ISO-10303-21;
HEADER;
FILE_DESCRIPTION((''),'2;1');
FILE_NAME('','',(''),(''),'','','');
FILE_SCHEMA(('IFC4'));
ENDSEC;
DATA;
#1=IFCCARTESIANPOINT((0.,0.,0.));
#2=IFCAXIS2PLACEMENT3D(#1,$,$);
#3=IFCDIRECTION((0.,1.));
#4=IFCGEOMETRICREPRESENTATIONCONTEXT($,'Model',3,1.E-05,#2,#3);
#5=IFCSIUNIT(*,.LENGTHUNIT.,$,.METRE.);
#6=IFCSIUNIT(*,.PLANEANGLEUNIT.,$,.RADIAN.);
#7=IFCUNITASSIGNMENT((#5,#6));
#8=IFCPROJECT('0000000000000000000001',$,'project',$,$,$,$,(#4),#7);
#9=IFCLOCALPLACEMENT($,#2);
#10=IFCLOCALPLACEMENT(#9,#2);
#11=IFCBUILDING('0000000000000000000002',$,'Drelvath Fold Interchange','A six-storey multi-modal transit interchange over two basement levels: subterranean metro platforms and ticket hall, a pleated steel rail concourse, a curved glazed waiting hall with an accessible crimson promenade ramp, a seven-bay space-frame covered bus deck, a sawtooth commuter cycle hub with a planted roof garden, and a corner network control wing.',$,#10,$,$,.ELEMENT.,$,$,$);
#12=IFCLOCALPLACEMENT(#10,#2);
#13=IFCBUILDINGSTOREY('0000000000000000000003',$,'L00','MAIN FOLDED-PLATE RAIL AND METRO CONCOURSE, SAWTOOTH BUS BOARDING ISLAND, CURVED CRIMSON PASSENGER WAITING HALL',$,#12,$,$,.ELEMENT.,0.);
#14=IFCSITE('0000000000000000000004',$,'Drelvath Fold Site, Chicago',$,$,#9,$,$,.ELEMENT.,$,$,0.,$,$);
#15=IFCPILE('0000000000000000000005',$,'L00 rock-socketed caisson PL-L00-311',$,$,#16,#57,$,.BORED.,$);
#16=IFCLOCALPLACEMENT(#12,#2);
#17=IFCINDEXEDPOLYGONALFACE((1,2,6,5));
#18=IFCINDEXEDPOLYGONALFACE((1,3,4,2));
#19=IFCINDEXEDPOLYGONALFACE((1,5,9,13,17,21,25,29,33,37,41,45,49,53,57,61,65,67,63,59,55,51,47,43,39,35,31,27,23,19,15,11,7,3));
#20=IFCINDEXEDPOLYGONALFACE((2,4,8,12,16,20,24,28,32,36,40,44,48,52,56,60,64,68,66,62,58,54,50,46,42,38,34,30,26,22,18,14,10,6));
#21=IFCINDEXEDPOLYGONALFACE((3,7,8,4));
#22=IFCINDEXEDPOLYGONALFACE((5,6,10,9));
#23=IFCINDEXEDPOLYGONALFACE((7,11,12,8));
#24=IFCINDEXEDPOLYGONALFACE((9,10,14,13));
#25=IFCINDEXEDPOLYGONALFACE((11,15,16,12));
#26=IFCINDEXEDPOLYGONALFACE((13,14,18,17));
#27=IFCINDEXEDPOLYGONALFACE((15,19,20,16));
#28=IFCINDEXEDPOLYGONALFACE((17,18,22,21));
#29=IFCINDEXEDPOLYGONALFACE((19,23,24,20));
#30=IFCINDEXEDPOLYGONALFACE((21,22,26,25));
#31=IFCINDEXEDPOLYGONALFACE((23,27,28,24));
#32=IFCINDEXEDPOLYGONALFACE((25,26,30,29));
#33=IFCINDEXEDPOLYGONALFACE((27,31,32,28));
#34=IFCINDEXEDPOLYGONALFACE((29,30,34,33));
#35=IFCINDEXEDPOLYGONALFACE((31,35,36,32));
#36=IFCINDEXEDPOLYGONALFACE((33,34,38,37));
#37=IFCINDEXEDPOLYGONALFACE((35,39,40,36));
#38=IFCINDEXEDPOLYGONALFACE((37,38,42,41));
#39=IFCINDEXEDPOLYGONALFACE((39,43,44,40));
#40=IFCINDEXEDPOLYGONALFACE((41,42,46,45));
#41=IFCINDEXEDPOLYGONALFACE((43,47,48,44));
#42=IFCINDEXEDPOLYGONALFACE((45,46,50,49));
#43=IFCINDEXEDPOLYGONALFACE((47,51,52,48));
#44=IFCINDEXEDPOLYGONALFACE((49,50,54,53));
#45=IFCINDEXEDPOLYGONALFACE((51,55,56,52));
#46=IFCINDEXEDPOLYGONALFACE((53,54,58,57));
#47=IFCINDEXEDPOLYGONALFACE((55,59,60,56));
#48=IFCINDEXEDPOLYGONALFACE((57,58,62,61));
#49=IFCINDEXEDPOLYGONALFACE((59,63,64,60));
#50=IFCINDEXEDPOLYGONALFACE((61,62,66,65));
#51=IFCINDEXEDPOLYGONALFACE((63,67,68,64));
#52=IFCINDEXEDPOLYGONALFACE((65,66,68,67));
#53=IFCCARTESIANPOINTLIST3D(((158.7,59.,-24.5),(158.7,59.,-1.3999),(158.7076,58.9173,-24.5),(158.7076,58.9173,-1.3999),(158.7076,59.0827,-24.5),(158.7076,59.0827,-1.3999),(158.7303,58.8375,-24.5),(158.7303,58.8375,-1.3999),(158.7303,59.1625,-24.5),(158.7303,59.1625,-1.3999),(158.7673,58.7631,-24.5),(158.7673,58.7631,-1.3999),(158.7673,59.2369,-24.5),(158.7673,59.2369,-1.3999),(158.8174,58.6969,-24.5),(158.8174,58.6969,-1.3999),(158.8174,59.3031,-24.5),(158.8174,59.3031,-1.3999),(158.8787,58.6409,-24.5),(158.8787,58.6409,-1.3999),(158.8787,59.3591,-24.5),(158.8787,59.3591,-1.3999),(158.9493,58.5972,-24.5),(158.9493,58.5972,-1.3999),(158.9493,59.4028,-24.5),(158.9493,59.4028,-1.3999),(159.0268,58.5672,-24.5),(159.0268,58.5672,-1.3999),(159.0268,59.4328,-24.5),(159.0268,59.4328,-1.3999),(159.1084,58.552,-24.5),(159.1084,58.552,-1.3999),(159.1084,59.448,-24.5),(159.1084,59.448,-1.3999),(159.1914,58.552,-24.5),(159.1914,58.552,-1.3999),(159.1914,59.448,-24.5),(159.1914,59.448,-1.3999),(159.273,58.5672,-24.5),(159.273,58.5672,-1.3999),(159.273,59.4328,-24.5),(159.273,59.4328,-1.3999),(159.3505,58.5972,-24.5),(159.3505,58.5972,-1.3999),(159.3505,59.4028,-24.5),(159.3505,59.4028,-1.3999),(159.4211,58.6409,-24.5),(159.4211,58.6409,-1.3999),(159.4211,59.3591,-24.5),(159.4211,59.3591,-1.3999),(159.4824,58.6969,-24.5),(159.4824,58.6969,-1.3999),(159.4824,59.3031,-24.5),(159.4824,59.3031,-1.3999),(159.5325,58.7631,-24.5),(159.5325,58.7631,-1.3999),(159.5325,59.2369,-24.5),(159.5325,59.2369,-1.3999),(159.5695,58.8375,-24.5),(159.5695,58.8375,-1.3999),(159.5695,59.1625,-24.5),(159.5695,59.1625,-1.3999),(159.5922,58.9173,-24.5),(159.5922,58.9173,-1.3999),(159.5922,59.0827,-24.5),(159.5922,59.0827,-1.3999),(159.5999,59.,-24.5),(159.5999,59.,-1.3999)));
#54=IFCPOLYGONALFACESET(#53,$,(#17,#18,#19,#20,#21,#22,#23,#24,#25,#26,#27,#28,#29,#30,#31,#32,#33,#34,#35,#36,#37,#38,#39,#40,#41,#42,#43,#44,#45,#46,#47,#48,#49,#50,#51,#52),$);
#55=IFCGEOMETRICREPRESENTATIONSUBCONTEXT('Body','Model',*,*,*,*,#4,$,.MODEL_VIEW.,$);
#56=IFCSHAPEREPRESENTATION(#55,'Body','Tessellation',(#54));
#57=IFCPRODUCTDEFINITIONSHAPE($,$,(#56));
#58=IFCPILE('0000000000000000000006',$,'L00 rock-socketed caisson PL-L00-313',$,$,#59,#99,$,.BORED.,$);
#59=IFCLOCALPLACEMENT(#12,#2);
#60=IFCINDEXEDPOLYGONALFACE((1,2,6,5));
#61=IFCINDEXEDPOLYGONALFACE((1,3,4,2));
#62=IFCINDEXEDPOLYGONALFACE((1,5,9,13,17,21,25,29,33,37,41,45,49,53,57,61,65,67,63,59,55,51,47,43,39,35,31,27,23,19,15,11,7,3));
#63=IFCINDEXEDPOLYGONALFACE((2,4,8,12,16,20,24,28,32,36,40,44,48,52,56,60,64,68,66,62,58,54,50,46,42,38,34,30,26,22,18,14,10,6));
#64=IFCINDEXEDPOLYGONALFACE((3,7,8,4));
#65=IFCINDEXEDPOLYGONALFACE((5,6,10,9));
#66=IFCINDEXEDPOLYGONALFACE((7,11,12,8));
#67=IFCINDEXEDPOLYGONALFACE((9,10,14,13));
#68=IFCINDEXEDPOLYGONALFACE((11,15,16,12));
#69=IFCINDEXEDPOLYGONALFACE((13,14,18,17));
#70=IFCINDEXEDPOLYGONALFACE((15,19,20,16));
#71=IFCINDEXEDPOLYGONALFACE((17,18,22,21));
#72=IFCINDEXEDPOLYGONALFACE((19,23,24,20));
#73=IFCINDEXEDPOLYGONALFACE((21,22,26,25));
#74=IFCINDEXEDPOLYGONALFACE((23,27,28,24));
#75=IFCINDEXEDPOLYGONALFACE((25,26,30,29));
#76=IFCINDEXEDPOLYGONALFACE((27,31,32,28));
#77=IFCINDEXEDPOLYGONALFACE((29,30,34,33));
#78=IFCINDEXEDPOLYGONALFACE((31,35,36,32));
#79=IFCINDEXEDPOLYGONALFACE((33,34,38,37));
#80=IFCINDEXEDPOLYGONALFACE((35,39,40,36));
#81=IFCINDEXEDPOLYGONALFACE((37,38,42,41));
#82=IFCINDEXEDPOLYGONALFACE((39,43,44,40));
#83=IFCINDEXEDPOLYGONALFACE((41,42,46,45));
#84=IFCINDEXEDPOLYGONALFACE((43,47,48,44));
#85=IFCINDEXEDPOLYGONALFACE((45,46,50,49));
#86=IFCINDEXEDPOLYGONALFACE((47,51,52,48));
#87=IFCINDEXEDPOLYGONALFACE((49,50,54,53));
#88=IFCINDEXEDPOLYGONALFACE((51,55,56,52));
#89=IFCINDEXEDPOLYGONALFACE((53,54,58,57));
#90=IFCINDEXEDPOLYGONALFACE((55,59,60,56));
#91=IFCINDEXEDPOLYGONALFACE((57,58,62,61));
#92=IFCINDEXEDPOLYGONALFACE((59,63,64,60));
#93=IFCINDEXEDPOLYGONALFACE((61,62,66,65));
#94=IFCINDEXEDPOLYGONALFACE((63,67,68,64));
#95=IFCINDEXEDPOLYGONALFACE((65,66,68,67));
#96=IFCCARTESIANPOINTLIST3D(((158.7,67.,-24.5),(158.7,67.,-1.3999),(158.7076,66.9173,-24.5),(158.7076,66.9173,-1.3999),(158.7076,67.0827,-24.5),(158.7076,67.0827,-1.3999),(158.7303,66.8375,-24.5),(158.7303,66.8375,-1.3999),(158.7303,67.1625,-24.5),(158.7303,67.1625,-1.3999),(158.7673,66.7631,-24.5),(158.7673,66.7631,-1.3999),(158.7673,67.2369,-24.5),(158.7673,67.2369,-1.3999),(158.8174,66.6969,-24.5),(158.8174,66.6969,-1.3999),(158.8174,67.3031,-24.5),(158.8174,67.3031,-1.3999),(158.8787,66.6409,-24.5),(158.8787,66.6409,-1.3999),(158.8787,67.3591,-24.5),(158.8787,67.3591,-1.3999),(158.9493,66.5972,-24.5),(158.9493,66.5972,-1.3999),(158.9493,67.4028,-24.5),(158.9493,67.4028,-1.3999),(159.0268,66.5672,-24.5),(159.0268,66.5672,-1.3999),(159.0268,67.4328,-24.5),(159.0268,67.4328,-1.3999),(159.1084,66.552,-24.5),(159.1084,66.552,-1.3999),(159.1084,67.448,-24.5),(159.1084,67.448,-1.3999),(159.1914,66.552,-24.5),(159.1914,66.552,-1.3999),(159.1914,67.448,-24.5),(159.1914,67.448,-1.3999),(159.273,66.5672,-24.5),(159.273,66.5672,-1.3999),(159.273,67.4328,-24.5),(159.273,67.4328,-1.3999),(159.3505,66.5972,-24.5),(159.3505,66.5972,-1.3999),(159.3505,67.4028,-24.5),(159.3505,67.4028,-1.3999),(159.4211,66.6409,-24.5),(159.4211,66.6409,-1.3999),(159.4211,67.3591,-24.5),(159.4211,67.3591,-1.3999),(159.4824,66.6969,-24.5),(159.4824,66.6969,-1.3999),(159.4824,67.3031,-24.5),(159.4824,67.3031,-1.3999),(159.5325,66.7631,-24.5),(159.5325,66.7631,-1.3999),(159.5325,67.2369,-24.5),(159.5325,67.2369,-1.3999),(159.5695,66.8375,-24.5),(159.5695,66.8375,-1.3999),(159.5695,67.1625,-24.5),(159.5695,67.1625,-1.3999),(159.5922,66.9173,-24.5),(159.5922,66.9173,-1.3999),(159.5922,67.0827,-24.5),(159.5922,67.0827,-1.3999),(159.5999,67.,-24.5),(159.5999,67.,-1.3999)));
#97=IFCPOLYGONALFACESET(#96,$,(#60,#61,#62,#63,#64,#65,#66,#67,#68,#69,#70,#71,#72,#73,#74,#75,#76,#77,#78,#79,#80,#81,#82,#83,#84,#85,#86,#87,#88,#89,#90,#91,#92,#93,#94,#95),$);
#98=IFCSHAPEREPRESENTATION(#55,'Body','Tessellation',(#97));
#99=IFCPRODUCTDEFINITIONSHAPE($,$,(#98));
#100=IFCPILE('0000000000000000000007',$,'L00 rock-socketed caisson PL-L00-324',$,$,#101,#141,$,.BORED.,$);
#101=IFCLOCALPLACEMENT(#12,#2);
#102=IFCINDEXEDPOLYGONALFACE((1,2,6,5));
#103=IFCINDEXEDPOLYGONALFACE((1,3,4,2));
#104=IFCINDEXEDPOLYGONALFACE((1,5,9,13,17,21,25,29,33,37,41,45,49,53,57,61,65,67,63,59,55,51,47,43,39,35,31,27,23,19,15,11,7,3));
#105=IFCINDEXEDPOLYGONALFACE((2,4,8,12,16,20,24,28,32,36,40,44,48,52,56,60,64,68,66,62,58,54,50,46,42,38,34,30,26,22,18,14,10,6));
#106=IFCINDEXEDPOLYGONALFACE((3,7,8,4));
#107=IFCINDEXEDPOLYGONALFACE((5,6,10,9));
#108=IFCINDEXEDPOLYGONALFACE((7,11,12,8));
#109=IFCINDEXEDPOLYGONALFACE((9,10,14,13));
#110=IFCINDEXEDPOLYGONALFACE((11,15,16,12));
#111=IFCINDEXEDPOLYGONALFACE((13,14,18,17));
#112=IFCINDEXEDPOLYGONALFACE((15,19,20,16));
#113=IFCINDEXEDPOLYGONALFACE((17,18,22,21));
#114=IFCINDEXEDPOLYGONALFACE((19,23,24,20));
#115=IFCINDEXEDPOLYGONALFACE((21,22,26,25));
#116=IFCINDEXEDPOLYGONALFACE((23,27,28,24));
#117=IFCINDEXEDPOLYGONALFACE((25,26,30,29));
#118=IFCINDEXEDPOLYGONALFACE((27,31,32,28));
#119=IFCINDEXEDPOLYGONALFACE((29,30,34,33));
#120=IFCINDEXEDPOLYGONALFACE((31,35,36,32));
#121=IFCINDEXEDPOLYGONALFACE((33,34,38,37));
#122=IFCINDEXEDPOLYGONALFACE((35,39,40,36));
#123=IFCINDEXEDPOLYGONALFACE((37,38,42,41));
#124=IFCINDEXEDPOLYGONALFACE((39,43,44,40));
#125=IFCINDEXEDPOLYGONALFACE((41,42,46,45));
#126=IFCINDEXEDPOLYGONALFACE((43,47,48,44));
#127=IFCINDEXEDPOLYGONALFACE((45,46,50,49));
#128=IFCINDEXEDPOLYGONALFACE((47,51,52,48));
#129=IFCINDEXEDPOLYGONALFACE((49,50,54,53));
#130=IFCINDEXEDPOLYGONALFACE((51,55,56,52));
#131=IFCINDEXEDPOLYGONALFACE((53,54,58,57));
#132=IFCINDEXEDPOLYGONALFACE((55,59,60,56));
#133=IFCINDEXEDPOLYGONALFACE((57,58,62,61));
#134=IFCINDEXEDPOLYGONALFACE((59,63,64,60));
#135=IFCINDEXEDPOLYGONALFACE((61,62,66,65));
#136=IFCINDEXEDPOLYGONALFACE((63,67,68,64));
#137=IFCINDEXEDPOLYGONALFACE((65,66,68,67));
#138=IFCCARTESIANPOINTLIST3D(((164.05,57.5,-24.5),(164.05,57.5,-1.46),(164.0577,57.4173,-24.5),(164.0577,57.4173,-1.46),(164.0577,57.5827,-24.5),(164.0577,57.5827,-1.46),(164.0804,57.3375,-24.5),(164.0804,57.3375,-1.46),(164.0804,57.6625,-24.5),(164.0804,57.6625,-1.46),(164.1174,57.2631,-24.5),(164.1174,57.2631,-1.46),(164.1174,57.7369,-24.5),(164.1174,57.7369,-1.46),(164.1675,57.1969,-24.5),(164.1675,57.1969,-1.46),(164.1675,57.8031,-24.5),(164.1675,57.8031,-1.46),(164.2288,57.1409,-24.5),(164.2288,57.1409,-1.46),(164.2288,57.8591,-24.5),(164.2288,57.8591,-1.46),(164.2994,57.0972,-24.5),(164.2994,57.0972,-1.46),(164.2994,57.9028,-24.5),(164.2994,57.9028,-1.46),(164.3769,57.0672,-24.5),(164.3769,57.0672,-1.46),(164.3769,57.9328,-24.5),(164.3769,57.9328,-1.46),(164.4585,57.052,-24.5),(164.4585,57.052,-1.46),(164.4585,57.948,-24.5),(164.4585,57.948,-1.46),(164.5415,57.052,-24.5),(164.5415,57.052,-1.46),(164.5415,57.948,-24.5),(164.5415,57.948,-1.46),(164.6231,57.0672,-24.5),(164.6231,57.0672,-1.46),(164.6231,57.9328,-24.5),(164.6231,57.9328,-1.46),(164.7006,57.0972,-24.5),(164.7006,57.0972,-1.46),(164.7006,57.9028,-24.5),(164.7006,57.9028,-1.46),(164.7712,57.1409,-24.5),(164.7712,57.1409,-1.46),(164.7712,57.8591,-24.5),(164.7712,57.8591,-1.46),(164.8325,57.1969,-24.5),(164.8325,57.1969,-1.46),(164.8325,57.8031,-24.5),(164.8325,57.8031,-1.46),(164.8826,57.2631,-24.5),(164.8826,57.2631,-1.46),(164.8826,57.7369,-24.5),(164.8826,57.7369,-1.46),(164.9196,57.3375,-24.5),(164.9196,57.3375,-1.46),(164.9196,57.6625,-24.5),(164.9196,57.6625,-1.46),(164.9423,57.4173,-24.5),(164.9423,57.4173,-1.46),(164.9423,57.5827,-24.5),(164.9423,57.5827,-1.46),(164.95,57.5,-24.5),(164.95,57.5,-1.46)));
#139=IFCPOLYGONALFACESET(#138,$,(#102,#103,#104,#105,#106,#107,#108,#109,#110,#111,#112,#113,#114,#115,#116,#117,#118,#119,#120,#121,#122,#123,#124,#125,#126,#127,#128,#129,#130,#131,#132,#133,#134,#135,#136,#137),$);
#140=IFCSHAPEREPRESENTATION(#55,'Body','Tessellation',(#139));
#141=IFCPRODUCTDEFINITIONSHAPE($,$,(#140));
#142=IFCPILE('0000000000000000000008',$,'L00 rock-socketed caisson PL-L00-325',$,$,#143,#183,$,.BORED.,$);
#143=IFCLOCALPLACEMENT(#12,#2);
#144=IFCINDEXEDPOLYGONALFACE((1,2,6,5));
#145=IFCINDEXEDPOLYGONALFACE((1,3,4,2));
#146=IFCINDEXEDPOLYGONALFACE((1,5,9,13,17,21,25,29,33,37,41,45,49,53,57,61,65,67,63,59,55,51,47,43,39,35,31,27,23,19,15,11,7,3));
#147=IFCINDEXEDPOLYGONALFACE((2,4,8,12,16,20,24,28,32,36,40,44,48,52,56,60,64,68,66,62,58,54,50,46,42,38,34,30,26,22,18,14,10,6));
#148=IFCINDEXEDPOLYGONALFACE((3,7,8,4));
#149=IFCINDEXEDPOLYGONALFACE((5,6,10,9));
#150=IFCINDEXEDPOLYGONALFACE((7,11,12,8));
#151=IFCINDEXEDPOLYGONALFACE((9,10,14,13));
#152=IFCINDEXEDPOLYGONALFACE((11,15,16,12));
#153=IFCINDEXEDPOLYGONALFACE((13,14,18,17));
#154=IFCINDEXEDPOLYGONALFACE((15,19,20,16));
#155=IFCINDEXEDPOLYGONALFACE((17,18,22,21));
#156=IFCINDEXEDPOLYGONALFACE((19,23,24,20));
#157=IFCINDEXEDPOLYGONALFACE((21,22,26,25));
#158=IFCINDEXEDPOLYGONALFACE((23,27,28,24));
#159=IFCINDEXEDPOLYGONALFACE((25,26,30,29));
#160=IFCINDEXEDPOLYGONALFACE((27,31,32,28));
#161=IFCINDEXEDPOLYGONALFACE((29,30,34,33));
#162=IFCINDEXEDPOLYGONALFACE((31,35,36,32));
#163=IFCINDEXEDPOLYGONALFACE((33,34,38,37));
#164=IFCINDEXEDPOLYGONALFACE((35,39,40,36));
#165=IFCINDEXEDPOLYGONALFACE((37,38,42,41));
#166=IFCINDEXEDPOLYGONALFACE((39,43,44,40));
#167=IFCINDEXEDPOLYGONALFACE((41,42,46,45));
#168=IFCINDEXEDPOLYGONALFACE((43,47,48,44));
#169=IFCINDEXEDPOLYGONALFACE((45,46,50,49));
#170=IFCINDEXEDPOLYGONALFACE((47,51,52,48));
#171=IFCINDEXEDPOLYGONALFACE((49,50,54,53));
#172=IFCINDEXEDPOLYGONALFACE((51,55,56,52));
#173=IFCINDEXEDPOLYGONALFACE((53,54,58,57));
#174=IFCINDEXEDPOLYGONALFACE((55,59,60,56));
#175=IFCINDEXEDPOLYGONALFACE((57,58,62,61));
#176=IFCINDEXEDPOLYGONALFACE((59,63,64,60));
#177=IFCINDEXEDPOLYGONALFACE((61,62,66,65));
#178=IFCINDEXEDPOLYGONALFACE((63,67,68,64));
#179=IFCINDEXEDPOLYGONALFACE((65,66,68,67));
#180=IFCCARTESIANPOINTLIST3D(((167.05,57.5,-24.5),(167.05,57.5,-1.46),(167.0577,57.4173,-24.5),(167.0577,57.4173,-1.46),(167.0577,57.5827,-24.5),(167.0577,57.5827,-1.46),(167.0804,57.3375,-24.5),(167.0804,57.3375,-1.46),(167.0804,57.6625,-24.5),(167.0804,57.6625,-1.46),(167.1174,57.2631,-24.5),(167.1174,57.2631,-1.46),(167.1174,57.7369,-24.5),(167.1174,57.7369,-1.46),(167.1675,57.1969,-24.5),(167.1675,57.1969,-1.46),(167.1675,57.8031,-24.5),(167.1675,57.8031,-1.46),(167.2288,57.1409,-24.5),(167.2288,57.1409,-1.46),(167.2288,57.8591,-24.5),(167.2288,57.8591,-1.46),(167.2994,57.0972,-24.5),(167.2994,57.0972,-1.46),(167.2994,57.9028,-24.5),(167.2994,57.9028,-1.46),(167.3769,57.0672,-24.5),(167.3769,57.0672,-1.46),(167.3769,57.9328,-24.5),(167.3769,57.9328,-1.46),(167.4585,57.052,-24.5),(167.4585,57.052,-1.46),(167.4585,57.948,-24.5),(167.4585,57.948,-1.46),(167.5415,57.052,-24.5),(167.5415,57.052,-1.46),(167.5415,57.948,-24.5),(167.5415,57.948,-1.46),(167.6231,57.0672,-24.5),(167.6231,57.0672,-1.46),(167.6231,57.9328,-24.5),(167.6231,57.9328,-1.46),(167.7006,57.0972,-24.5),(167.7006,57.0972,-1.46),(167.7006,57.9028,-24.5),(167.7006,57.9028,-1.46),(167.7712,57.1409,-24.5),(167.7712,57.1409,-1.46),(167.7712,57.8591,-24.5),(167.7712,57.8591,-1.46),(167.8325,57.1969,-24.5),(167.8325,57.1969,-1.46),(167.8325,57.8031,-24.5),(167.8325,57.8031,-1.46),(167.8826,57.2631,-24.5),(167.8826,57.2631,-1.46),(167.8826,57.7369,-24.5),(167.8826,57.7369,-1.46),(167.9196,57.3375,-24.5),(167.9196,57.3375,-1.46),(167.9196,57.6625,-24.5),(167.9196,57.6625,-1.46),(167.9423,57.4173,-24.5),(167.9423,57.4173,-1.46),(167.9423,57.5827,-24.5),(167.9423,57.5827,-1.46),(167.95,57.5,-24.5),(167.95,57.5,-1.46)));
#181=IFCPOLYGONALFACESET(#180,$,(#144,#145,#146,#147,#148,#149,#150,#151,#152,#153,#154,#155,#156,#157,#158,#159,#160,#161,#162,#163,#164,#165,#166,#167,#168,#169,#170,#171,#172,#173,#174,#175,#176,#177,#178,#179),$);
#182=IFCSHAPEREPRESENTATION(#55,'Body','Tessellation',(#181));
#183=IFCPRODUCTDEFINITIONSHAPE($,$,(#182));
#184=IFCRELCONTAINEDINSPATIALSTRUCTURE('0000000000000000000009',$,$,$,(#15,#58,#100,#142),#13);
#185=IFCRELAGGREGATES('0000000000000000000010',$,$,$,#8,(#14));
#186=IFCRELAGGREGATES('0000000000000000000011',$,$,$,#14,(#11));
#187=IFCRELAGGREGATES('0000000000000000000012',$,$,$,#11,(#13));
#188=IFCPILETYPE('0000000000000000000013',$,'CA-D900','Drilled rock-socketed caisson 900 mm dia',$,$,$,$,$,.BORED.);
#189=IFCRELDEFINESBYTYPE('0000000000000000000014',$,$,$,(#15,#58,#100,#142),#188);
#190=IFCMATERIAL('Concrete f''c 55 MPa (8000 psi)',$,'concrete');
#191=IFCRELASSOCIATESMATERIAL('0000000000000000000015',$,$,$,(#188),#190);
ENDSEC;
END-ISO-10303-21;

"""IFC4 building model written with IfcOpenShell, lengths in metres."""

from ifc_helpers import new_model, si_unit, direction, frame, origin, origin_2d, place, context, subcontext, project, spatial, circle, extrude, material, material_profile, profile_set, type_object, element, save


model = new_model("IFC4")

# Units and contexts
model_context = context("Model", 3, precision=1e-05, world=origin(), true_north=direction((0.0, 1.0)))
body_context = subcontext(model_context, "Body", "Model", "MODEL_VIEW")
ifc_project = project(units=[si_unit("LENGTHUNIT", "METRE"), si_unit("PLANEANGLEUNIT", "RADIAN")], contexts=[model_context])

# Site, building, storey
site_placement = place(None, origin())
site = spatial("IfcSite", under=ifc_project, at=site_placement, Name="Drelvath Fold Site, Chicago", CompositionType="ELEMENT", RefElevation=0.0)
building_placement = place(site_placement, origin())
building = spatial("IfcBuilding", under=site, at=building_placement, Name="Drelvath Fold Interchange", Description="A six-storey multi-modal transit interchange over two basement levels: subterranean metro platforms and ticket hall, a pleated steel rail concourse, a curved glazed waiting hall with an accessible crimson promenade ramp, a seven-bay space-frame covered bus deck, a sawtooth commuter cycle hub with a planted roof garden, and a corner network control wing.", CompositionType="ELEMENT")
storey_placement = place(building_placement, origin())
storey = spatial("IfcBuildingStorey", under=building, at=storey_placement, Name="L00", Description="MAIN FOLDED-PLATE RAIL AND METRO CONCOURSE, SAWTOOTH BUS BOARDING ISLAND, CURVED CRIMSON PASSENGER WAITING HALL", CompositionType="ELEMENT", Elevation=0.0)

# Piles
ifc_material_1 = material(Name="Concrete f'c 55 MPa (8000 psi)", Category="concrete")
ifc_material_profile_1 = material_profile(ifc_material_1, circle(Radius=0.45, at=origin_2d()), Name="CAISSON D900")
ifc_profile_set_1 = profile_set([ifc_material_profile_1], Name="Concrete f'c 55 MPa (8000 psi)")
pile_type_1 = type_object("IfcPileType", Name="CA-D900", Description="Drilled rock-socketed caisson 900 mm dia", PredefinedType="BORED", material=ifc_profile_set_1)
for number, where, z_axis, x_axis, name in (
    (1, (159.1499, 59.0, -1.3999), (0.0, 0.0, -1.0), (1.0, 0.0, 0.0), "L00 rock-socketed caisson PL-L00-311"),
    (2, (159.1499, 67.0, -1.3999), (0.0, 0.0, -1.0), (1.0, 0.0, 0.0), "L00 rock-socketed caisson PL-L00-313"),
):
    element("IfcPile", number, at=place(storey_placement, frame(where, z_axis=z_axis, x_axis=x_axis)), inside=storey, type_object=pile_type_1, Name=name, PredefinedType="BORED", context=body_context, shape_type="SweptSolid", body=[
        extrude(circle(Radius=0.45, at=origin_2d()), origin(), (0.0, 0.0, 1.0), 23.1001),
    ])
for number, where, z_axis, x_axis, name in (
    (3, (164.5, 57.5, -1.46), (0.0, 0.0, -1.0), (1.0, 0.0, 0.0), "L00 rock-socketed caisson PL-L00-324"),
    (4, (167.5, 57.5, -1.46), (0.0, 0.0, -1.0), (1.0, 0.0, 0.0), "L00 rock-socketed caisson PL-L00-325"),
):
    element("IfcPile", number, at=place(storey_placement, frame(where, z_axis=z_axis, x_axis=x_axis)), inside=storey, type_object=pile_type_1, Name=name, PredefinedType="BORED", context=body_context, shape_type="SweptSolid", body=[
        extrude(circle(Radius=0.45, at=origin_2d()), origin(), (0.0, 0.0, 1.0), 23.04),
    ])

save(model, "model.ifc")
